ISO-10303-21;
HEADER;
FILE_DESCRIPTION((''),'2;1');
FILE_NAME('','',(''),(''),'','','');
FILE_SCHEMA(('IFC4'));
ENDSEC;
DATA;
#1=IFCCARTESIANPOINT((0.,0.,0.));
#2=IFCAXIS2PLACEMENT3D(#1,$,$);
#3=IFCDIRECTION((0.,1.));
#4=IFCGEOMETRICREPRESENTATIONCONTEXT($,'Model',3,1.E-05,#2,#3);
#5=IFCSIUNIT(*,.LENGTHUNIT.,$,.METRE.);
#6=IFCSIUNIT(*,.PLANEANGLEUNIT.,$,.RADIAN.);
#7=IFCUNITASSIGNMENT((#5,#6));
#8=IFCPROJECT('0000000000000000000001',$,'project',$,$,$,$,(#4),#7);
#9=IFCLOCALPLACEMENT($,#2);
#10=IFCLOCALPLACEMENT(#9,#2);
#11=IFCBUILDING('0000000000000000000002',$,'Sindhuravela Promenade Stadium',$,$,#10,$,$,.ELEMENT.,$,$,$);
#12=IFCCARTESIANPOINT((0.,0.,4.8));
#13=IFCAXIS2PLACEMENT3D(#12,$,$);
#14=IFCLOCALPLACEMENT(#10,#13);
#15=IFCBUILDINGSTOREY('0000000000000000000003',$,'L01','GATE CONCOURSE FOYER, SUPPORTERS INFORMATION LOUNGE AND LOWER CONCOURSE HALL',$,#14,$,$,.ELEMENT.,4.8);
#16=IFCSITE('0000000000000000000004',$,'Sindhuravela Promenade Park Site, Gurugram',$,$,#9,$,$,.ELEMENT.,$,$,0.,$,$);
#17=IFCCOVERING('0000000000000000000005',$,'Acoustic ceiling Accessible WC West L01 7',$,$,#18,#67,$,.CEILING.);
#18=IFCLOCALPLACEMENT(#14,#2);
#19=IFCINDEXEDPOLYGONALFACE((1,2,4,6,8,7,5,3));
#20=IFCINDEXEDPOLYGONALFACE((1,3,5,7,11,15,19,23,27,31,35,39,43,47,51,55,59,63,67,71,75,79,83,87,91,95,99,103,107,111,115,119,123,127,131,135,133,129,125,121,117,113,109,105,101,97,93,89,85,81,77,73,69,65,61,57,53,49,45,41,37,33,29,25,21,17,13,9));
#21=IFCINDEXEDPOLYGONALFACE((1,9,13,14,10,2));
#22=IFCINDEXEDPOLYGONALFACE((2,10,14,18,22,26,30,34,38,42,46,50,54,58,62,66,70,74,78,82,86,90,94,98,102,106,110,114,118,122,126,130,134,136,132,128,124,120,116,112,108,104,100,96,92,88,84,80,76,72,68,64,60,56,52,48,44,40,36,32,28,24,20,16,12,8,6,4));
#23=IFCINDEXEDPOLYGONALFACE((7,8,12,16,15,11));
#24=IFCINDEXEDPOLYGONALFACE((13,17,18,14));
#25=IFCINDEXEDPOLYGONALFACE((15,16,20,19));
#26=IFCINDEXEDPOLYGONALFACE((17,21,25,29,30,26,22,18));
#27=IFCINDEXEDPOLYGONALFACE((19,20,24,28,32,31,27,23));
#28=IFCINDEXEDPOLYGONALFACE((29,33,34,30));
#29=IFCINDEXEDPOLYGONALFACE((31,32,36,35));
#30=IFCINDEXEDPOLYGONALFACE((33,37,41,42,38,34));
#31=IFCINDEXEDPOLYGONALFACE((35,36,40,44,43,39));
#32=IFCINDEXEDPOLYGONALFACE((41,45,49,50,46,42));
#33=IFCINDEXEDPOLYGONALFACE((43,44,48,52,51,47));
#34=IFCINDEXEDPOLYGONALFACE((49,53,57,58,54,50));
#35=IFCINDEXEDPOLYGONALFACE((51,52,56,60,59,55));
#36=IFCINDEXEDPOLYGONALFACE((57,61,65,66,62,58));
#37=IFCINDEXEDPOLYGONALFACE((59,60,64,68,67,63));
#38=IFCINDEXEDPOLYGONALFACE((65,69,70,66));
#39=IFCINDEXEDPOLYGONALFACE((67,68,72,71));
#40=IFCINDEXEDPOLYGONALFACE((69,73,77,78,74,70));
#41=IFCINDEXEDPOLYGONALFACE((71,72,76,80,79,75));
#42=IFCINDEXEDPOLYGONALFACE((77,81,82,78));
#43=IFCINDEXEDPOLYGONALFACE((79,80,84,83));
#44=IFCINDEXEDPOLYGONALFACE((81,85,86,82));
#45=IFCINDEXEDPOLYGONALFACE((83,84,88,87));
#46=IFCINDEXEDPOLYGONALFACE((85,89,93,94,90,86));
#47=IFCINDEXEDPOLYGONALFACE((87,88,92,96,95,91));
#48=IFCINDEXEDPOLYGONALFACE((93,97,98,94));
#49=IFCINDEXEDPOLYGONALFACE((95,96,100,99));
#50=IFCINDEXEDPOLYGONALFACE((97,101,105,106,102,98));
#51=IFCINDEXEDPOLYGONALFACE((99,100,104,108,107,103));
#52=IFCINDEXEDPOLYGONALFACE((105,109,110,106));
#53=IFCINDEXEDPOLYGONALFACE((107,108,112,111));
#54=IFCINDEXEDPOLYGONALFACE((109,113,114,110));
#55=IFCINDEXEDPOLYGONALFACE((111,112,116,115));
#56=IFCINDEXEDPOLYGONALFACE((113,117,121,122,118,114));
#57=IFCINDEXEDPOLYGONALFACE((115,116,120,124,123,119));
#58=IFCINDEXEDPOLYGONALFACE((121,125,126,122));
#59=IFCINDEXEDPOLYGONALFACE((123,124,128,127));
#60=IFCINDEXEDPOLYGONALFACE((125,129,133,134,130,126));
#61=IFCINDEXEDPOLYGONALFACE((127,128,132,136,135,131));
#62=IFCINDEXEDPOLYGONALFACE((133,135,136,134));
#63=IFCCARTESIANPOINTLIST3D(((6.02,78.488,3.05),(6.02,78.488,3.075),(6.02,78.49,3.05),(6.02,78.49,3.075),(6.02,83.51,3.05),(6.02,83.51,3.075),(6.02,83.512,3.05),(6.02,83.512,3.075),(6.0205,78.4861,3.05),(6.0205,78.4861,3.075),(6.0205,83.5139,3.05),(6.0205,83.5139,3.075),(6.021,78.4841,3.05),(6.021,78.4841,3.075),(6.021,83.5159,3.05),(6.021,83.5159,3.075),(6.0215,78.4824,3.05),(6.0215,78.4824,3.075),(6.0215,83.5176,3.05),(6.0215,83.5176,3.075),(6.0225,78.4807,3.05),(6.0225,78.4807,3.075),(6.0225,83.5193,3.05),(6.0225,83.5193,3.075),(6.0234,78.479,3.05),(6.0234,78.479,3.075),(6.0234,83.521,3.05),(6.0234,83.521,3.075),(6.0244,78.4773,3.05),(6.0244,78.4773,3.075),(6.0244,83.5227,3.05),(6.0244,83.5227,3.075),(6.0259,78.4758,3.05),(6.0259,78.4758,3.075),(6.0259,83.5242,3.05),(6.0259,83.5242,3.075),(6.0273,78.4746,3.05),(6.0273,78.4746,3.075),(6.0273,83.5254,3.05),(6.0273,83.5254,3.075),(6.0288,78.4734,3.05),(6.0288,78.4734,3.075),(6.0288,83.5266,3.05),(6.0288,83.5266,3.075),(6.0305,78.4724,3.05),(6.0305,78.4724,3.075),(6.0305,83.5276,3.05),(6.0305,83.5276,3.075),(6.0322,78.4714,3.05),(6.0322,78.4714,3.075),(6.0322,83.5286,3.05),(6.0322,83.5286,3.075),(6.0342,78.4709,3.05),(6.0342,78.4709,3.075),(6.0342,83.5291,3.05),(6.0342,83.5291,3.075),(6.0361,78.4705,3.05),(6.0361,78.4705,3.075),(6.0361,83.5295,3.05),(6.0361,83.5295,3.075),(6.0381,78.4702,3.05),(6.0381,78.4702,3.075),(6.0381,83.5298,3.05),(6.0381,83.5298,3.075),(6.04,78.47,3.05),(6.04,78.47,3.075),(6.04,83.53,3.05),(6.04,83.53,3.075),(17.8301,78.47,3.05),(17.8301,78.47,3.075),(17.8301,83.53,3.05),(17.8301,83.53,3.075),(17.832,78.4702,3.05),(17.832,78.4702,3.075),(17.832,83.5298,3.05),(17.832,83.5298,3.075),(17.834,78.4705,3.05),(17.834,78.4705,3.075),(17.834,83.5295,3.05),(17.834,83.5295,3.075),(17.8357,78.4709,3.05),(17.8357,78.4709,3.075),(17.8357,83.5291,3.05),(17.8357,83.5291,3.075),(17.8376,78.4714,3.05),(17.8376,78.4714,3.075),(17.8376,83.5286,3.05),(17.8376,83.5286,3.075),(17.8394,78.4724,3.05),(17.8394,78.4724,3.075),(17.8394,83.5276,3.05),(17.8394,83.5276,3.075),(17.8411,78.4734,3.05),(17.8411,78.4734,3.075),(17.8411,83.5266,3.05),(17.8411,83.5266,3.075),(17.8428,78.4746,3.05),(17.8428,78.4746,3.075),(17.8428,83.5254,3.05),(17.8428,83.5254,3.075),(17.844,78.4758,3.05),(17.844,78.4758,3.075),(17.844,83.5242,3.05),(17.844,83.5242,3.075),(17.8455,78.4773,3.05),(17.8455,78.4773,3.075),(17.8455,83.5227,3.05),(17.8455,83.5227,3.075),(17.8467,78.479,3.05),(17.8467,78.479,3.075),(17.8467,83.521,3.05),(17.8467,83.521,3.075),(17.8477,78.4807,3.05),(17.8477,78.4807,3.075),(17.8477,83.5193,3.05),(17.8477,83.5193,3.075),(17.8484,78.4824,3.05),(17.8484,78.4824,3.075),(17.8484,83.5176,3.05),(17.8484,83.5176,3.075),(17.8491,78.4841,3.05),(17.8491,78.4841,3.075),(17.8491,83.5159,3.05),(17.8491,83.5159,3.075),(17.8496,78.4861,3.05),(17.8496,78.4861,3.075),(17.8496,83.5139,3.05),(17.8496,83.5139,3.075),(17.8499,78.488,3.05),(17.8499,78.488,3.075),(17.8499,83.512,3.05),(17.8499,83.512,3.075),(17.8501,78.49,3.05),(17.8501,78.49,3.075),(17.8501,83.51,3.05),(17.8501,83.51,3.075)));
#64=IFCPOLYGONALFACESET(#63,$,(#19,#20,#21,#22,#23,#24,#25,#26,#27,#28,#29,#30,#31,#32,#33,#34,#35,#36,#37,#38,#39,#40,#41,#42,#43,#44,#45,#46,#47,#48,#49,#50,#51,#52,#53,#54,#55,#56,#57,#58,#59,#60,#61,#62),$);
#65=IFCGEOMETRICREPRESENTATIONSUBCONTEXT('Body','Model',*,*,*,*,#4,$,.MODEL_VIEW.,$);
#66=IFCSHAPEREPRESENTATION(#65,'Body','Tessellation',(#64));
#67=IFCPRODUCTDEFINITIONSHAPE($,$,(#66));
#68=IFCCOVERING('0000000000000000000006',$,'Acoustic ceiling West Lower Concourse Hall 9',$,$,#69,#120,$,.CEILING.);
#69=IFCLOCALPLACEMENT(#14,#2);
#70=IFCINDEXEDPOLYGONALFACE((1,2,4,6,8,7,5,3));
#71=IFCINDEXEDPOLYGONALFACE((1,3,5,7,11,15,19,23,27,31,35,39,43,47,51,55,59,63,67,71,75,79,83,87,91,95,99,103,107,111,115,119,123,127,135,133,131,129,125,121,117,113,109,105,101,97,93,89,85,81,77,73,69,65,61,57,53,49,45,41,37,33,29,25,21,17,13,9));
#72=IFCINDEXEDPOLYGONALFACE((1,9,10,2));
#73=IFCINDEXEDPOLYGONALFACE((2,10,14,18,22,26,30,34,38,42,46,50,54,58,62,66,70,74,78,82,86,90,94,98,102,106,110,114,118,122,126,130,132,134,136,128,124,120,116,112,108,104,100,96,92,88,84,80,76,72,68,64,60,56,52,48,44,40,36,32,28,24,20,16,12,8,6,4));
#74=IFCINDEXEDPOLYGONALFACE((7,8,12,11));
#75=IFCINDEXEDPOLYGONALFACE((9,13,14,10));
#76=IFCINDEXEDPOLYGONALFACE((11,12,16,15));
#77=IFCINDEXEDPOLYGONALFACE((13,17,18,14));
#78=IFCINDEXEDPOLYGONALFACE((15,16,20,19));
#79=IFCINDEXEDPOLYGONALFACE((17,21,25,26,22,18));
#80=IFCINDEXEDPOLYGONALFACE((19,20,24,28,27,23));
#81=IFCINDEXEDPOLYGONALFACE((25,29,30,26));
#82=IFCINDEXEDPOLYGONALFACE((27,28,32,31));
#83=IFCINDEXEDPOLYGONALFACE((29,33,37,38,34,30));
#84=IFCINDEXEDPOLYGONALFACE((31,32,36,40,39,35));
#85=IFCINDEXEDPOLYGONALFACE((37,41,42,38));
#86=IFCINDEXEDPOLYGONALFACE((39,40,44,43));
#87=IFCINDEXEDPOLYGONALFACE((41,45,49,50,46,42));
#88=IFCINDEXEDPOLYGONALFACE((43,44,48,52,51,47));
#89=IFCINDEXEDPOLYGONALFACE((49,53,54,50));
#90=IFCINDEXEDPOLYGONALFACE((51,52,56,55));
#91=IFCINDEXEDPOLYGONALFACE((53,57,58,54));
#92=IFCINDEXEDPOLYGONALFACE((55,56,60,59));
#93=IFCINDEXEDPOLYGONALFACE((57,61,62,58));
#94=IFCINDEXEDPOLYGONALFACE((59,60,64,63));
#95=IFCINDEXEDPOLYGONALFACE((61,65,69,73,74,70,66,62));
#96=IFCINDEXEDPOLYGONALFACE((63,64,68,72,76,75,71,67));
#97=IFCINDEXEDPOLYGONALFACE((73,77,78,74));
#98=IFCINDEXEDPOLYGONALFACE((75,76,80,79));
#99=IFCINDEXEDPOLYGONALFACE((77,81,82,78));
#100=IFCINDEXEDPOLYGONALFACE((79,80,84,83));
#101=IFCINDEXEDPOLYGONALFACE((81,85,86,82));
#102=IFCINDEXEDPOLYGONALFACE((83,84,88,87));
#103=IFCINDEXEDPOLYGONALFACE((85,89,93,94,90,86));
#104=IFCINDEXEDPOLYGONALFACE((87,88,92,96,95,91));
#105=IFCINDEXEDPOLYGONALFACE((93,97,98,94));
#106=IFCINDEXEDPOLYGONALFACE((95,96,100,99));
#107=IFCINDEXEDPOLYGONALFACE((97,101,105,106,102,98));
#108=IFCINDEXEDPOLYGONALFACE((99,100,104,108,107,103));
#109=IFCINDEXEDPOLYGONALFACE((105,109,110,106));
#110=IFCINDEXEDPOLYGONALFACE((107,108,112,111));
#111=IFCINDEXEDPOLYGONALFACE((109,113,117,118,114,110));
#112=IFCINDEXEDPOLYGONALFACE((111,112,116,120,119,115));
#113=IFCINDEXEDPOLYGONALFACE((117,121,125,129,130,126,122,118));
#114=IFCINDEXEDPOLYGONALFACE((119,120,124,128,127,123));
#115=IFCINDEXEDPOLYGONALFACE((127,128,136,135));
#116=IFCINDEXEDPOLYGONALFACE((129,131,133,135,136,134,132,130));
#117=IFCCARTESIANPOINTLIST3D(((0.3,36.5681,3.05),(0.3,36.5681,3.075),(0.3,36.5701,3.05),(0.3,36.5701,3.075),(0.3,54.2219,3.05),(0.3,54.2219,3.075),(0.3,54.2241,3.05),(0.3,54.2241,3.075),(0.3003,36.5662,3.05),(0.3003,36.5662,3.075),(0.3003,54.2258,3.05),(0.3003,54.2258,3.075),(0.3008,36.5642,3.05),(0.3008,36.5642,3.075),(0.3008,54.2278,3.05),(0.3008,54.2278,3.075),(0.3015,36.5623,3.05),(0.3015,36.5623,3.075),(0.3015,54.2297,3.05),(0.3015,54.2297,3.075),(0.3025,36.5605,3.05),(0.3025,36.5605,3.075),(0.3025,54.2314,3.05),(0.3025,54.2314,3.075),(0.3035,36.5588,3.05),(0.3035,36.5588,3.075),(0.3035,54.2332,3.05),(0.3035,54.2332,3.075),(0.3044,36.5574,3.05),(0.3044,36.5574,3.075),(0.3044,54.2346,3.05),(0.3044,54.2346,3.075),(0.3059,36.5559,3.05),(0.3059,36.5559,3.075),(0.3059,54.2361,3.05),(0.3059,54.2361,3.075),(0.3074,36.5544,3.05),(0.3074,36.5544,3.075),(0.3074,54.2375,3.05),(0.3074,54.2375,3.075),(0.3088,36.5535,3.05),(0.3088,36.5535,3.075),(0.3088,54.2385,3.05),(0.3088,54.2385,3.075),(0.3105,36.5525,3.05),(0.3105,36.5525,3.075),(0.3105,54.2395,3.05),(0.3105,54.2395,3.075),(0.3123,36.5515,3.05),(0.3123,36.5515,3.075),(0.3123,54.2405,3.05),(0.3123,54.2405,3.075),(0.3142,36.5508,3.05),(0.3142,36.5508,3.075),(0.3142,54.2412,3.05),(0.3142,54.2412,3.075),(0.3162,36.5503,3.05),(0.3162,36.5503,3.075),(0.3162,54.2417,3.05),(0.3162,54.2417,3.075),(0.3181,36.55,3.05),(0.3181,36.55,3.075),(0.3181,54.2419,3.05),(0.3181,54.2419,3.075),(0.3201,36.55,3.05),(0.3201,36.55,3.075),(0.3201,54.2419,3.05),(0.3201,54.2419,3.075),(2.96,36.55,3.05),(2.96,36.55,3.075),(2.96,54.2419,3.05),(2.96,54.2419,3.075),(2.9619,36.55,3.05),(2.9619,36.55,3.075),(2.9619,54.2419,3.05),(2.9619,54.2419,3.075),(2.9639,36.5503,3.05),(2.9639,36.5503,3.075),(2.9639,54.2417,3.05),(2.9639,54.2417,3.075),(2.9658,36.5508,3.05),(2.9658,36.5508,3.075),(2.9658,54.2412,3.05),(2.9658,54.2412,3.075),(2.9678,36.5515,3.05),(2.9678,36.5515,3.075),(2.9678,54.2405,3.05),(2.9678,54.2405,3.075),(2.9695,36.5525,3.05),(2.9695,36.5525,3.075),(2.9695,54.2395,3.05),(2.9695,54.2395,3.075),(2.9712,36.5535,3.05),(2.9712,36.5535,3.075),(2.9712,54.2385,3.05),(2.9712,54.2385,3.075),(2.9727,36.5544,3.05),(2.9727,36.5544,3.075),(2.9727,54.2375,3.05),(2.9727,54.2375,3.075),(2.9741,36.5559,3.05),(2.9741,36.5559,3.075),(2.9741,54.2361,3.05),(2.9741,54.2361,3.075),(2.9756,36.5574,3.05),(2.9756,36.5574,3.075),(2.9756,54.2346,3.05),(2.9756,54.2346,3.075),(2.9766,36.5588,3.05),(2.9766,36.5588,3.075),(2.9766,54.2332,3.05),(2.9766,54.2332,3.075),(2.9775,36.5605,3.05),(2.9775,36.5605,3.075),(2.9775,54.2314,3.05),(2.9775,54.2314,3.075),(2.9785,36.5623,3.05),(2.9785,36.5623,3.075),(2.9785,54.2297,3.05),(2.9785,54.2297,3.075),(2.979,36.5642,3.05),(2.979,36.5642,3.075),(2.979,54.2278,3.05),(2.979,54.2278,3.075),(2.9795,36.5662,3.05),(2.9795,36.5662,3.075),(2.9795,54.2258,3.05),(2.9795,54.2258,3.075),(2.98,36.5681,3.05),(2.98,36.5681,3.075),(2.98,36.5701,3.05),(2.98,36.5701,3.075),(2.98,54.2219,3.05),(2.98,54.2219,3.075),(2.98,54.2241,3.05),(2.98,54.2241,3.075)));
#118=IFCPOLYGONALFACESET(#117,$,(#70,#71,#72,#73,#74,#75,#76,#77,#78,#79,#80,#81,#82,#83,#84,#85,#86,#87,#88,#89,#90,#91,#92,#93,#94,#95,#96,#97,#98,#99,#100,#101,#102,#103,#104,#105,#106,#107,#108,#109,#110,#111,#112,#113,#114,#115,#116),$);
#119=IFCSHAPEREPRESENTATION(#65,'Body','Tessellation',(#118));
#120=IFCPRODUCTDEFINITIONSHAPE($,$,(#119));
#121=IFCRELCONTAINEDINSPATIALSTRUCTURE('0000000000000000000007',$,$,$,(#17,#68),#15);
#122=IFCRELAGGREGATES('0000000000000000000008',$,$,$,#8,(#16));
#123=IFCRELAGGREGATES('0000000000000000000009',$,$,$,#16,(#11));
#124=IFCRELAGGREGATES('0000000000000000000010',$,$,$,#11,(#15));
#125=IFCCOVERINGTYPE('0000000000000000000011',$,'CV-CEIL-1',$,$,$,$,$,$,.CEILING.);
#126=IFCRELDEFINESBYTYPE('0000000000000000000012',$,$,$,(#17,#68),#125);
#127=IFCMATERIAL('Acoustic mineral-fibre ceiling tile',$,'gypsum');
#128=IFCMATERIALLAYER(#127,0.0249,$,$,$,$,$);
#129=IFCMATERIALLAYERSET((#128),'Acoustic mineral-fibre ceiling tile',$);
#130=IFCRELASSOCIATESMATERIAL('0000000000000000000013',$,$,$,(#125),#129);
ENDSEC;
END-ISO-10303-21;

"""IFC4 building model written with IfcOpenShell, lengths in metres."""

from ifc_helpers import new_model, si_unit, direction, frame, origin, place, context, subcontext, project, spatial, polyline, outline, extrude, material, layer, layer_set, type_object, element, save


model = new_model("IFC4")

# Units and contexts
model_context = context("Model", 3, precision=1e-05, world=origin(), true_north=direction((0.0, 1.0)))
body_context = subcontext(model_context, "Body", "Model", "MODEL_VIEW")
ifc_project = project(units=[si_unit("LENGTHUNIT", "METRE"), si_unit("PLANEANGLEUNIT", "RADIAN")], contexts=[model_context])

# Site, building, storey
site_placement = place(None, origin())
site = spatial("IfcSite", under=ifc_project, at=site_placement, Name="Sindhuravela Promenade Park Site, Gurugram", CompositionType="ELEMENT", RefElevation=0.0)
building_placement = place(site_placement, origin())
building = spatial("IfcBuilding", under=site, at=building_placement, Name="Sindhuravela Promenade Stadium", CompositionType="ELEMENT")
storey_placement = place(building_placement, frame((0.0, 0.0, 4.8)))
storey = spatial("IfcBuildingStorey", under=building, at=storey_placement, Name="L01", Description="GATE CONCOURSE FOYER, SUPPORTERS INFORMATION LOUNGE AND LOWER CONCOURSE HALL", CompositionType="ELEMENT", Elevation=4.8)

# Coverings
ifc_material_1 = material(Name="Acoustic mineral-fibre ceiling tile", Category="gypsum")
ifc_layer_1 = layer(ifc_material_1, 0.0249)
ifc_layer_set_1 = layer_set([ifc_layer_1], Name="Acoustic mineral-fibre ceiling tile")
covering_type_1 = type_object("IfcCoveringType", Name="CV-CEIL-1", PredefinedType="CEILING", material=ifc_layer_set_1)
covering_1_placement = place(storey_placement, frame((0.0, 0.0, 3.05)))
element("IfcCovering", 1, at=covering_1_placement, inside=storey, type_object=covering_type_1, Name="Acoustic ceiling Accessible WC West L01 7", PredefinedType="CEILING", context=body_context, shape_type="SweptSolid", body=[
    extrude(outline(polyline([(6.02, 83.51), (6.02, 83.512), (6.0205, 83.5139), (6.021, 83.5159), (6.0215, 83.5176), (6.0225, 83.5193), (6.0234, 83.521), (6.0244, 83.5227), (6.0259, 83.5242), (6.0273, 83.5254), (6.0288, 83.5266), (6.0305, 83.5276), (6.0322, 83.5286), (6.0342, 83.5291), (6.0361, 83.5295), (6.0381, 83.5298), (6.04, 83.53), (17.8301, 83.53), (17.832, 83.5298), (17.834, 83.5295), (17.8357, 83.5291), (17.8376, 83.5286), (17.8394, 83.5276), (17.8411, 83.5266), (17.8428, 83.5254), (17.844, 83.5242), (17.8455, 83.5227), (17.8467, 83.521), (17.8477, 83.5193), (17.8484, 83.5176), (17.8491, 83.5159), (17.8496, 83.5139), (17.8499, 83.512), (17.8501, 83.51), (17.8501, 78.49), (17.8499, 78.488), (17.8496, 78.4861), (17.8491, 78.4841), (17.8484, 78.4824), (17.8477, 78.4807), (17.8467, 78.479), (17.8455, 78.4773), (17.844, 78.4758), (17.8428, 78.4746), (17.8411, 78.4734), (17.8394, 78.4724), (17.8376, 78.4714), (17.8357, 78.4709), (17.834, 78.4705), (17.832, 78.4702), (17.8301, 78.47), (6.04, 78.47), (6.0381, 78.4702), (6.0361, 78.4705), (6.0342, 78.4709), (6.0322, 78.4714), (6.0305, 78.4724), (6.0288, 78.4734), (6.0273, 78.4746), (6.0259, 78.4758), (6.0244, 78.4773), (6.0234, 78.479), (6.0225, 78.4807), (6.0215, 78.4824), (6.021, 78.4841), (6.0205, 78.4861), (6.02, 78.488), (6.02, 78.49), (6.02, 83.51)])), origin(), (0.0, 0.0, 1.0), 0.0249),
])
covering_2_placement = place(storey_placement, frame((0.0, 0.0, 3.05)))
element("IfcCovering", 2, at=covering_2_placement, inside=storey, type_object=covering_type_1, Name="Acoustic ceiling West Lower Concourse Hall 9", PredefinedType="CEILING", context=body_context, shape_type="SweptSolid", body=[
    extrude(outline(polyline([(0.3, 54.2219), (0.3, 54.2241), (0.3003, 54.2258), (0.3008, 54.2278), (0.3015, 54.2297), (0.3025, 54.2314), (0.3035, 54.2332), (0.3044, 54.2346), (0.3059, 54.2361), (0.3074, 54.2375), (0.3088, 54.2385), (0.3105, 54.2395), (0.3123, 54.2405), (0.3142, 54.2412), (0.3162, 54.2417), (0.3181, 54.2419), (0.3201, 54.2419), (2.96, 54.2419), (2.9619, 54.2419), (2.9639, 54.2417), (2.9658, 54.2412), (2.9678, 54.2405), (2.9695, 54.2395), (2.9712, 54.2385), (2.9727, 54.2375), (2.9741, 54.2361), (2.9756, 54.2346), (2.9766, 54.2332), (2.9775, 54.2314), (2.9785, 54.2297), (2.979, 54.2278), (2.9795, 54.2258), (2.98, 54.2241), (2.98, 54.2219), (2.98, 36.5701), (2.98, 36.5681), (2.9795, 36.5662), (2.979, 36.5642), (2.9785, 36.5623), (2.9775, 36.5605), (2.9766, 36.5588), (2.9756, 36.5574), (2.9741, 36.5559), (2.9727, 36.5544), (2.9712, 36.5535), (2.9695, 36.5525), (2.9678, 36.5515), (2.9658, 36.5508), (2.9639, 36.5503), (2.9619, 36.55), (2.96, 36.55), (0.3201, 36.55), (0.3181, 36.55), (0.3162, 36.5503), (0.3142, 36.5508), (0.3123, 36.5515), (0.3105, 36.5525), (0.3088, 36.5535), (0.3074, 36.5544), (0.3059, 36.5559), (0.3044, 36.5574), (0.3035, 36.5588), (0.3025, 36.5605), (0.3015, 36.5623), (0.3008, 36.5642), (0.3003, 36.5662), (0.3, 36.5681), (0.3, 36.5701), (0.3, 54.2219)])), origin(), (0.0, 0.0, 1.0), 0.0249),
])

save(model, "model.ifc")
